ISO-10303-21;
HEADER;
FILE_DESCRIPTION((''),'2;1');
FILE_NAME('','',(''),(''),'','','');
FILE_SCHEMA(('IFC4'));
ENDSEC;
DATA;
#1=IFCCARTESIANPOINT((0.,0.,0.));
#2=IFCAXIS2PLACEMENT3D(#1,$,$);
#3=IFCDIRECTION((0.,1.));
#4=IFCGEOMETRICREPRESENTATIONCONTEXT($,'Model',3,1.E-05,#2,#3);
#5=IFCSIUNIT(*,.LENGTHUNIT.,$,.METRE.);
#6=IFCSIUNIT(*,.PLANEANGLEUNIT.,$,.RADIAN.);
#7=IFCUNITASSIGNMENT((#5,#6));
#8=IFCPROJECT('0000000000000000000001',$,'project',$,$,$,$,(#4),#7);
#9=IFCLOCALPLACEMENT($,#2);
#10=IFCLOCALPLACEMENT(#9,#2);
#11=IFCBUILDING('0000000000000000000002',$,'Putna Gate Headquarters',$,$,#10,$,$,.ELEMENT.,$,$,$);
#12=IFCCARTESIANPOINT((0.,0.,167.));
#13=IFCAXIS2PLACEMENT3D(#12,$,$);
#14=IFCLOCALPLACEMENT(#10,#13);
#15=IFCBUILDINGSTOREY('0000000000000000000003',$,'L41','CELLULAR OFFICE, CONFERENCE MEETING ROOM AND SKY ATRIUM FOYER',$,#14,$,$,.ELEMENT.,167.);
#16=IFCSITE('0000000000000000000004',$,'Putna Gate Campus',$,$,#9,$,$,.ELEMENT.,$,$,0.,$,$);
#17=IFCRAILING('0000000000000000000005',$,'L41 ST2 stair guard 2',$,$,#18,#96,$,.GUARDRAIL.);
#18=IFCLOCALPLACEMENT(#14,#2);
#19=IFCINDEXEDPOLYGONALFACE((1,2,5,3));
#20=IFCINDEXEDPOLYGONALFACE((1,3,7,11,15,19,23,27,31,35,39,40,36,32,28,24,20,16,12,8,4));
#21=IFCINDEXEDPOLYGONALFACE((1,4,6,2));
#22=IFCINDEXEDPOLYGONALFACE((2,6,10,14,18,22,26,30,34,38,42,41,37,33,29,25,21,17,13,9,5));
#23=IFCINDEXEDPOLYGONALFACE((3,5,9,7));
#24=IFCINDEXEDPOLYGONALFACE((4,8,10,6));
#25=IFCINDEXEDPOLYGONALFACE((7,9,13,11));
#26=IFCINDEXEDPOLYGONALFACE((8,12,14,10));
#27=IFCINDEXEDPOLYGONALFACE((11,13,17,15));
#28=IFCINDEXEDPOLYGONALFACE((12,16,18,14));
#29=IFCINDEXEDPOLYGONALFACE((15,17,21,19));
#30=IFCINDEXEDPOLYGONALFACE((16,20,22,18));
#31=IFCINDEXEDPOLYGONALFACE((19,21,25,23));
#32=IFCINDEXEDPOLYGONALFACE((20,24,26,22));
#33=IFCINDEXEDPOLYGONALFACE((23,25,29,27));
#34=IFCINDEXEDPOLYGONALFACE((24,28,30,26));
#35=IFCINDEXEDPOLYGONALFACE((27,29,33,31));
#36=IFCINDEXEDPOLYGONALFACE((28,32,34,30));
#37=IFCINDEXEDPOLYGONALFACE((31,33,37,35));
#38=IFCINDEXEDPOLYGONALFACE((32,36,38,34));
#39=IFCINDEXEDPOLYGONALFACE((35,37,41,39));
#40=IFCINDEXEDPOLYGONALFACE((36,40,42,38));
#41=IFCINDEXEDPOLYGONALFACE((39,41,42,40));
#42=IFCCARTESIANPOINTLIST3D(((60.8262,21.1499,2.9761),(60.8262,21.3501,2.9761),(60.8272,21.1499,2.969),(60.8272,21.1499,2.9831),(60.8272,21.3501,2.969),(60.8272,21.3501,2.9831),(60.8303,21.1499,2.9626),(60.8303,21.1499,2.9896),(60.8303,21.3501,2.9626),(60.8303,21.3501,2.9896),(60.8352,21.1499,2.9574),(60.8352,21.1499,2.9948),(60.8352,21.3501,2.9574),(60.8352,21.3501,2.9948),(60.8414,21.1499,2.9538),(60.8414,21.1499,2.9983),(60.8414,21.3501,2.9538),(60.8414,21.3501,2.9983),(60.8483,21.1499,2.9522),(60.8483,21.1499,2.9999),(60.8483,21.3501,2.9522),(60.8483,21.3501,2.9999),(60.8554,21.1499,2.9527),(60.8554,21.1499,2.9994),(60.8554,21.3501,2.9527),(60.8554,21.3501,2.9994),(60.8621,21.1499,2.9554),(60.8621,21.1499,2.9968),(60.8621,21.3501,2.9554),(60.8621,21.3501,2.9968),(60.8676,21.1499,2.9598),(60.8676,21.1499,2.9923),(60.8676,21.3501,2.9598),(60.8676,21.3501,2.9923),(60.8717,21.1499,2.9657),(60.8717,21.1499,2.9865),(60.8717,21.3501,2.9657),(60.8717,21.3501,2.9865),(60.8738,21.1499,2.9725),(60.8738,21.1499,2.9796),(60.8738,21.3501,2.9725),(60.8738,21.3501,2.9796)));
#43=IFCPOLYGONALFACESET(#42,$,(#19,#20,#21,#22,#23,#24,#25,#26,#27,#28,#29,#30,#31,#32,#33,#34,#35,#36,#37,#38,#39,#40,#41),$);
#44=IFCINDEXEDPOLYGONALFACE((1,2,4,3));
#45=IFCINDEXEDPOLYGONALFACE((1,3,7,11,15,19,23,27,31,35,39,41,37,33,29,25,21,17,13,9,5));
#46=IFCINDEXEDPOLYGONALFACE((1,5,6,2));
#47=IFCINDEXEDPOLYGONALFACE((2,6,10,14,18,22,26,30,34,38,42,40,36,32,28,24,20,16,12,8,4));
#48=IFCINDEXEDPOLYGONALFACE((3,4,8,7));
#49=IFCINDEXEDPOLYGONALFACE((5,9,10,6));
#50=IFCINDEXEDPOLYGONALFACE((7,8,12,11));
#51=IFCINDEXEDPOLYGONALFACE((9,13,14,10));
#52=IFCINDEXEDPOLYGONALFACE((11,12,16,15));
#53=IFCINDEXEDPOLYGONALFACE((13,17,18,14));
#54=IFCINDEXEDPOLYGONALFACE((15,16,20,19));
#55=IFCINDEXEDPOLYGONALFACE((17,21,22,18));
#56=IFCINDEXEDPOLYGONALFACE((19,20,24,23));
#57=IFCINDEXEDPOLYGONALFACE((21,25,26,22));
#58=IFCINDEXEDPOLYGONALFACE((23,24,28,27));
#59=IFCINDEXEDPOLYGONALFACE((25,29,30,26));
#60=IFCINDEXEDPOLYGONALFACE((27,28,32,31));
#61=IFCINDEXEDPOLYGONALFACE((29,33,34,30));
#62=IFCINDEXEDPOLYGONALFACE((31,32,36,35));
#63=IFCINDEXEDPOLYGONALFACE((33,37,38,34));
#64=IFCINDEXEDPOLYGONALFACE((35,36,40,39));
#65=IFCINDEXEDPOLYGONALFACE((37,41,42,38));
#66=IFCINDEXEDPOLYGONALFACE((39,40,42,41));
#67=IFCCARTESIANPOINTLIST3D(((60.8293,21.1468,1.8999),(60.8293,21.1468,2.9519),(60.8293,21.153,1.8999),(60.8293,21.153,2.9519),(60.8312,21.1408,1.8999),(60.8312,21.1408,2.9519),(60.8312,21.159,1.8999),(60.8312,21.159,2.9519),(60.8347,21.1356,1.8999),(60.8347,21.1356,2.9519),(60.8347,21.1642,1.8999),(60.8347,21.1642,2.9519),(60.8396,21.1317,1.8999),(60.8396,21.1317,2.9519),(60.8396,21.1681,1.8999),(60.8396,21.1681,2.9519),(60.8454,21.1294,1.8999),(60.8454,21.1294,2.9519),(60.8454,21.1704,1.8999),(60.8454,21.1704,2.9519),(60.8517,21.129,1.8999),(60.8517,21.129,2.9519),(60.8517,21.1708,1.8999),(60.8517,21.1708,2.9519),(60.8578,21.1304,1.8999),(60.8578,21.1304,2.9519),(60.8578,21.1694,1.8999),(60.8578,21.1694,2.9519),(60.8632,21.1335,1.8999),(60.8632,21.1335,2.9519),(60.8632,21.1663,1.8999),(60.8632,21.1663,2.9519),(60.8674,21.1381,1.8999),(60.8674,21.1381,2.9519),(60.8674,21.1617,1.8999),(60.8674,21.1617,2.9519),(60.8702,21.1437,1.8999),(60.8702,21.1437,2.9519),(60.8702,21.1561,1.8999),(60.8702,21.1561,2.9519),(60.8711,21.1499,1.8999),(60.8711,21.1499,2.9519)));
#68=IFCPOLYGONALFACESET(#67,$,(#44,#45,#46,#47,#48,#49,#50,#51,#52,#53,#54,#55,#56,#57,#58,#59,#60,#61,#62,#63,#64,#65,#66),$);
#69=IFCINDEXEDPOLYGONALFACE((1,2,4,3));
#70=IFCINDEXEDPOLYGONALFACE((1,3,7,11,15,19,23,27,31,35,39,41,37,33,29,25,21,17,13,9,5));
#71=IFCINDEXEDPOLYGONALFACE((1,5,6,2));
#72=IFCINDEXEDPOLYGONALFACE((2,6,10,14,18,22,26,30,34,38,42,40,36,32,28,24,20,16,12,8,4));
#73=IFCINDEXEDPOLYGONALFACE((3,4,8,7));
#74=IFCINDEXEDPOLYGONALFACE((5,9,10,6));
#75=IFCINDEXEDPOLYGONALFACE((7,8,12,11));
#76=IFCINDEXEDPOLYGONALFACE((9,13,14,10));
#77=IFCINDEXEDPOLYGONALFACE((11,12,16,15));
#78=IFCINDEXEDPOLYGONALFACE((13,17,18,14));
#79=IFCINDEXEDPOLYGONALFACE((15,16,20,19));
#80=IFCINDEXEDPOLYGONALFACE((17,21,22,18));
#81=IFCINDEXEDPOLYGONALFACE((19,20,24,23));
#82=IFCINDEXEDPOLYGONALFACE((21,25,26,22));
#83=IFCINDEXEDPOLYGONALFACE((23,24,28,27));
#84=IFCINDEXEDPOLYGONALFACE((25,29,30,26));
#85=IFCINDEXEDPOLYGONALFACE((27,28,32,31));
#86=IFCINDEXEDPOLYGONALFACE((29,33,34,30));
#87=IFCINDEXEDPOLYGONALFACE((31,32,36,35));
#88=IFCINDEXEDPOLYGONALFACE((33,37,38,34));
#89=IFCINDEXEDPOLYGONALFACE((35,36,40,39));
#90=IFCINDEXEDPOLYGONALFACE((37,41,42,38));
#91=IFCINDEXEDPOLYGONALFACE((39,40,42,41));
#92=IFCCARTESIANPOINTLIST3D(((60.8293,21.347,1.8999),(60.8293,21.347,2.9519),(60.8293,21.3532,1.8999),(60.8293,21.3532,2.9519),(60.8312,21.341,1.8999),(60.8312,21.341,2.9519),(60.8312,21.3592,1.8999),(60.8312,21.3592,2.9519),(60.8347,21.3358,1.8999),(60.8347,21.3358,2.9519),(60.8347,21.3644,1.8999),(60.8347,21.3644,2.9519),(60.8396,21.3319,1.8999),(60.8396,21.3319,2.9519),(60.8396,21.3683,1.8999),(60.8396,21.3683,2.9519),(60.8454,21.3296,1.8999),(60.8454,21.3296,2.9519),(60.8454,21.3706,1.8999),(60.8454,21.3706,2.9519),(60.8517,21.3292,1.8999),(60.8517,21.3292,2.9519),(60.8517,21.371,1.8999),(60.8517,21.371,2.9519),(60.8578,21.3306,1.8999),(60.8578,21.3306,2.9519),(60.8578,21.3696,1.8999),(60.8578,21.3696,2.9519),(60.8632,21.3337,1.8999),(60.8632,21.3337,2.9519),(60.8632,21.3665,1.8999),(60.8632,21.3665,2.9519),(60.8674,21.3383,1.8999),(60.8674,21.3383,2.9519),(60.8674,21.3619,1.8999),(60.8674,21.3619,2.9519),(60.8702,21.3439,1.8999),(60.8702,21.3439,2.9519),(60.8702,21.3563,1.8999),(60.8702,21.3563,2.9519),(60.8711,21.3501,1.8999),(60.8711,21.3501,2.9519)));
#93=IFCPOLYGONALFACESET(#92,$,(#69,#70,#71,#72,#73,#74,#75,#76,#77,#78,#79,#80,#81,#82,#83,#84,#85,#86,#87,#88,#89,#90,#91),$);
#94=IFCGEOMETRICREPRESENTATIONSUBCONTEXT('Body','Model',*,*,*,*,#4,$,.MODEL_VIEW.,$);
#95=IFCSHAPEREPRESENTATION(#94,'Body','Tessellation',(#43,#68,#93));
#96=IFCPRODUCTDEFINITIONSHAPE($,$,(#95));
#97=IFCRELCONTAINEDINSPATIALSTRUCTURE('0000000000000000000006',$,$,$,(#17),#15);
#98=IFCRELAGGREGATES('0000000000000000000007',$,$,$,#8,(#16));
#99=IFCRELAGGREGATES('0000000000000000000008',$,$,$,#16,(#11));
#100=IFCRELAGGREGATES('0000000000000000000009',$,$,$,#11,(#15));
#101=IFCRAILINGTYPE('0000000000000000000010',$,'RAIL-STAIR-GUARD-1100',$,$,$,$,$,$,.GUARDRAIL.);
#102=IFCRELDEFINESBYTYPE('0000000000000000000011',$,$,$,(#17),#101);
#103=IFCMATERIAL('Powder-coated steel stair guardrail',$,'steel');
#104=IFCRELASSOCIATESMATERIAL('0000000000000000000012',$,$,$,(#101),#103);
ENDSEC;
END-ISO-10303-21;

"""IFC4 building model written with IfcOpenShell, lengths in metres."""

from ifc_helpers import new_model, si_unit, direction, frame, origin, origin_2d, place, context, subcontext, project, spatial, circle, extrude, material, type_object, element, save


model = new_model("IFC4")

# Units and contexts
model_context = context("Model", 3, precision=1e-05, world=origin(), true_north=direction((0.0, 1.0)))
body_context = subcontext(model_context, "Body", "Model", "MODEL_VIEW")
ifc_project = project(units=[si_unit("LENGTHUNIT", "METRE"), si_unit("PLANEANGLEUNIT", "RADIAN")], contexts=[model_context])

# Site, building, storey
site_placement = place(None, origin())
site = spatial("IfcSite", under=ifc_project, at=site_placement, Name="Putna Gate Campus", CompositionType="ELEMENT", RefElevation=0.0)
building_placement = place(site_placement, origin())
building = spatial("IfcBuilding", under=site, at=building_placement, Name="Putna Gate Headquarters", CompositionType="ELEMENT")
storey_placement = place(building_placement, frame((0.0, 0.0, 167.0)))
storey = spatial("IfcBuildingStorey", under=building, at=storey_placement, Name="L41", Description="CELLULAR OFFICE, CONFERENCE MEETING ROOM AND SKY ATRIUM FOYER", CompositionType="ELEMENT", Elevation=167.0)

# Railing
ifc_material_1 = material(Name="Powder-coated steel stair guardrail", Category="steel")
railing_type_1 = type_object("IfcRailingType", Name="RAIL-STAIR-GUARD-1100", PredefinedType="GUARDRAIL", material=ifc_material_1)
railing_1_placement = place(storey_placement, frame((60.8501, 21.1499, 1.8999)))
element("IfcRailing", 1, at=railing_1_placement, inside=storey, type_object=railing_type_1, Name="L41 ST2 stair guard 2", PredefinedType="GUARDRAIL", context=body_context, shape_type="SweptSolid", body=[
    extrude(circle(Radius=0.0239, at=origin_2d()), frame((0.0, 0.0, 1.0762), z_axis=(0.0, 1.0, 0.0), x_axis=(-1.0, 0.0, 0.0)), (0.0, 0.0, 1.0), 0.2002),
    extrude(circle(Radius=0.021, at=origin_2d()), origin(), (0.0, 0.0, 1.0), 1.052),
    extrude(circle(Radius=0.021, at=origin_2d()), frame((0.0, 0.2002, 0.0)), (0.0, 0.0, 1.0), 1.052),
])

save(model, "model.ifc")
